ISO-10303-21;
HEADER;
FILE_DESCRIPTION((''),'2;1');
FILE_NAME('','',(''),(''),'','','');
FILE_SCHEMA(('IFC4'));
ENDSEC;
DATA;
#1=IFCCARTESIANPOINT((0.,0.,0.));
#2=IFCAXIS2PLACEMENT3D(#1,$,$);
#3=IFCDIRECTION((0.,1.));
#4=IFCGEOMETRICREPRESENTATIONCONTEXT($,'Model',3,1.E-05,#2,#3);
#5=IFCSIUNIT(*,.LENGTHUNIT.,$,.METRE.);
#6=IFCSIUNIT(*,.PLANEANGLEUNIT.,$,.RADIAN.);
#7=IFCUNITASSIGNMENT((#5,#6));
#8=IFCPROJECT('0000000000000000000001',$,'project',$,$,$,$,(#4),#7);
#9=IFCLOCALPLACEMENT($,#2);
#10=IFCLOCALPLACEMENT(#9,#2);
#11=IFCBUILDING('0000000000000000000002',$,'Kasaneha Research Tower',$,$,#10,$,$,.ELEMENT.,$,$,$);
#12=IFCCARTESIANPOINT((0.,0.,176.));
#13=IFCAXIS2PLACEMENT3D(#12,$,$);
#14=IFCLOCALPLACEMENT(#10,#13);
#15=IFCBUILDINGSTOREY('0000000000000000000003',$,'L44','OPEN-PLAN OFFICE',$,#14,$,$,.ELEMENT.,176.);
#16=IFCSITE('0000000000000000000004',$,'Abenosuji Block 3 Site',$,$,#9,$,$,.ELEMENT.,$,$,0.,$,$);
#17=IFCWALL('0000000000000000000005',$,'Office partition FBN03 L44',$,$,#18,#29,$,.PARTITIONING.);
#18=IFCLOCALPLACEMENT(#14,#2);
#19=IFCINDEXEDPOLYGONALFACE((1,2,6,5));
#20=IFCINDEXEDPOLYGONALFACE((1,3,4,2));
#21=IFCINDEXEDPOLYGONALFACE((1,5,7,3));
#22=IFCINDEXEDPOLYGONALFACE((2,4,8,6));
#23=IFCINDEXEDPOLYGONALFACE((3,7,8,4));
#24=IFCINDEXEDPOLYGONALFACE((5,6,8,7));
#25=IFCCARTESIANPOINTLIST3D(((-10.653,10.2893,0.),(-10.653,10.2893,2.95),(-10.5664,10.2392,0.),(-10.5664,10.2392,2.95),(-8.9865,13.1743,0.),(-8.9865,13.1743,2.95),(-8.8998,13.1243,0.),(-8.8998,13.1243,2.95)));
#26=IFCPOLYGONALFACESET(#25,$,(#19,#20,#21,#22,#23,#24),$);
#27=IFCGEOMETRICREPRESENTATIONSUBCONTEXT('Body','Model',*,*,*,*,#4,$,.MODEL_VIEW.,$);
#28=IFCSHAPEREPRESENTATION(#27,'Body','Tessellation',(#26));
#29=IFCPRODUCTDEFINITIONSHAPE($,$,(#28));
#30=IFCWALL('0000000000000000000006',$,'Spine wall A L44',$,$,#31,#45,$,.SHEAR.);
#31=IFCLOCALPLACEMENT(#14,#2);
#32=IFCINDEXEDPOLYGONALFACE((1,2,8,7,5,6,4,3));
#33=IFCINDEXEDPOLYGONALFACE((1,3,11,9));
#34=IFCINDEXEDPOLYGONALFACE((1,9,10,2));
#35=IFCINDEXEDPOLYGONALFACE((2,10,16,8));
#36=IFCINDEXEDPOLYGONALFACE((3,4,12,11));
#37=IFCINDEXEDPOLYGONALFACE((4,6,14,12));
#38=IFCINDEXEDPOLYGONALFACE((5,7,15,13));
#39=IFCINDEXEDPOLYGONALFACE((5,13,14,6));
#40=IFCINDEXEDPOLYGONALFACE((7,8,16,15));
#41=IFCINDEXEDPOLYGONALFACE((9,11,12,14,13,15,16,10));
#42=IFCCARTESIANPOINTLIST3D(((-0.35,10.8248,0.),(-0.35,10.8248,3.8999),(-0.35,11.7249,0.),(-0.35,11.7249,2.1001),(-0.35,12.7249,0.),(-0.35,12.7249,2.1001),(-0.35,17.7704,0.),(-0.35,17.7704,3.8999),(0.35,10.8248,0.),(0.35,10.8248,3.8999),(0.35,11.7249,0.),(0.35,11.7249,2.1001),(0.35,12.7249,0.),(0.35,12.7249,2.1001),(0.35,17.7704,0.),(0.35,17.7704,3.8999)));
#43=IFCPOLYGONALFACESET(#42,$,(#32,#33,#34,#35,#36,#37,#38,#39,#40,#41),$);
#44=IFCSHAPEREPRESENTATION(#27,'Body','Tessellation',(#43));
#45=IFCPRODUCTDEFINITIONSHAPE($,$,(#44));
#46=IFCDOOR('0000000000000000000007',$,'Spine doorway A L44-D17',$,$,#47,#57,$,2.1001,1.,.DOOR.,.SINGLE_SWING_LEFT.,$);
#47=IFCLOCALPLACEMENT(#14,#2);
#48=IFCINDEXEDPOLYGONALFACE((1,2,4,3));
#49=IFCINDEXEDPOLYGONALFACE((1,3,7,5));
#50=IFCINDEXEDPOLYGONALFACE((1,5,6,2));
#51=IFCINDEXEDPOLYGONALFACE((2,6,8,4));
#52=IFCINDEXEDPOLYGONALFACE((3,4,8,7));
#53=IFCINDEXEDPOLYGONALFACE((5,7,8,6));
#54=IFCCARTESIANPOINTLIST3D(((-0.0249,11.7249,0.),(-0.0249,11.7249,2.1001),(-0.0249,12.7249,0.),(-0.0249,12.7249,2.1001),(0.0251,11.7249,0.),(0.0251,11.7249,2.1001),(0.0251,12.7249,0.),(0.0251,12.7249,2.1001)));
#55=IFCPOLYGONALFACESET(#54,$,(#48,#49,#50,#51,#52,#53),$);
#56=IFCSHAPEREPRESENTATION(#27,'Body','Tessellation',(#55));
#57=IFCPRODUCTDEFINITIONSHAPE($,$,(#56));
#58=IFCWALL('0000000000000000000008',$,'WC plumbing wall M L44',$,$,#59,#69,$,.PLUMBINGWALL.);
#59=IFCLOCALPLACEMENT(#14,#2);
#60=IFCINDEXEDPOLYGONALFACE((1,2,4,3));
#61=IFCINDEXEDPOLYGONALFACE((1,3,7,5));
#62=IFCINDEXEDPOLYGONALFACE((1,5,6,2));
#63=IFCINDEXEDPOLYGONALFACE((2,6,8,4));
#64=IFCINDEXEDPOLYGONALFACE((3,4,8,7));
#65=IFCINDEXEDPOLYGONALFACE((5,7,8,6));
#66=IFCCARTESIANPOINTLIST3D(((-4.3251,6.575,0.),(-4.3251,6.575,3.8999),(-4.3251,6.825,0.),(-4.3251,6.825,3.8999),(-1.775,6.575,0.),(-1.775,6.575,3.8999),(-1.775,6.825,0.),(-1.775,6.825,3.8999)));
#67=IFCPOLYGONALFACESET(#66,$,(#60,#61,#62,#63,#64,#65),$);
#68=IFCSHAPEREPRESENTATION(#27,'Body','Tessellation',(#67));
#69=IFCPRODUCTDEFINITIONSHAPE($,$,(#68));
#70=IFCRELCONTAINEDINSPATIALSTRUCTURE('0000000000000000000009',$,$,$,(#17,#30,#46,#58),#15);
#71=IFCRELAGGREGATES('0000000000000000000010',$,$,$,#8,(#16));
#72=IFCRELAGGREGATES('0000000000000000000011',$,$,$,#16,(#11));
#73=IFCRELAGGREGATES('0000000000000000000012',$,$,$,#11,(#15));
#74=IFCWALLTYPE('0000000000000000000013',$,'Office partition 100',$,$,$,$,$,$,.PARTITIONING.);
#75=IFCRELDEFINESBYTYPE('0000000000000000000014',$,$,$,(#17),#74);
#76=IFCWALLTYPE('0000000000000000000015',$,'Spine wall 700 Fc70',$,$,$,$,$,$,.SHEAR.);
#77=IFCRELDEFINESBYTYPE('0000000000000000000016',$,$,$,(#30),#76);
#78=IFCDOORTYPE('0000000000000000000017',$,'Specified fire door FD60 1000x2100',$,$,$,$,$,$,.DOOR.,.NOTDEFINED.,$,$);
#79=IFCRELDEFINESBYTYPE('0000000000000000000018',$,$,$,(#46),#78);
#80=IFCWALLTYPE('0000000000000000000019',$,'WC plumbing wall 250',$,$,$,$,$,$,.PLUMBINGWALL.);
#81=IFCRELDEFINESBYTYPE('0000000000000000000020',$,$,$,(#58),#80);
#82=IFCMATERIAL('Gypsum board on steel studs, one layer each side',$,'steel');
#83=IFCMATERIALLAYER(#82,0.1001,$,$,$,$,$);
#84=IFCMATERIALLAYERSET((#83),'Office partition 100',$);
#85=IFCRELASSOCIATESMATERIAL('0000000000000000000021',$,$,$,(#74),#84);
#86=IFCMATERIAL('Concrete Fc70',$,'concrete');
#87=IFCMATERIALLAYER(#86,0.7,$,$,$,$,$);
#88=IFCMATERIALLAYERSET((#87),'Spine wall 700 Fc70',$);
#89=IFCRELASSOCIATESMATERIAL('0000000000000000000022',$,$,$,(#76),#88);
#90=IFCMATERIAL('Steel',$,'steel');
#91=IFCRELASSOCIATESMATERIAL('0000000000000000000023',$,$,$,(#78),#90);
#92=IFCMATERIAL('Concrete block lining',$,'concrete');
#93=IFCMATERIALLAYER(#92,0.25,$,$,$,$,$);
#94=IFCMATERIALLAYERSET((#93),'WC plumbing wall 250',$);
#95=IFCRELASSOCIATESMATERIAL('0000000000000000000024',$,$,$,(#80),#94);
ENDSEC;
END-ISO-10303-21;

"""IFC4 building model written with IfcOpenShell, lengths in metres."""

from ifc_helpers import new_model, si_unit, direction, frame, frame_2d, origin, place, context, subcontext, project, spatial, rectangle, extrude, material, layer, layer_set, type_object, element, fill, save


model = new_model("IFC4")

# Units and contexts
model_context = context("Model", 3, precision=1e-05, world=origin(), true_north=direction((0.0, 1.0)))
body_context = subcontext(model_context, "Body", "Model", "MODEL_VIEW")
ifc_project = project(units=[si_unit("LENGTHUNIT", "METRE"), si_unit("PLANEANGLEUNIT", "RADIAN")], contexts=[model_context])

# Site, building, storey
site_placement = place(None, origin())
site = spatial("IfcSite", under=ifc_project, at=site_placement, Name="Abenosuji Block 3 Site", CompositionType="ELEMENT", RefElevation=0.0)
building_placement = place(site_placement, origin())
building = spatial("IfcBuilding", under=site, at=building_placement, Name="Kasaneha Research Tower", CompositionType="ELEMENT")
storey_placement = place(building_placement, frame((0.0, 0.0, 176.0)))
storey = spatial("IfcBuildingStorey", under=building, at=storey_placement, Name="L44", Description="OPEN-PLAN OFFICE", CompositionType="ELEMENT", Elevation=176.0)

# Shared definitions
ifc_material_1 = material(Name="Gypsum board on steel studs, one layer each side", Category="steel")
ifc_layer_1 = layer(ifc_material_1, 0.1001)
ifc_layer_set_1 = layer_set([ifc_layer_1], Name="Office partition 100")
wall_type_1 = type_object("IfcWallType", Name="Office partition 100", PredefinedType="PARTITIONING", material=ifc_layer_set_1)

# Wall
wall_1_placement = place(storey_placement, frame((-8.9431, 13.1494, 0.0), z_axis=(0.0, 0.0, 1.0), x_axis=(-0.50019, -0.865916, 0.0)))
element("IfcWall", 1, at=wall_1_placement, inside=storey, type_object=wall_type_1, Name="Office partition FBN03 L44", PredefinedType="PARTITIONING", context=body_context, shape_type="SweptSolid", body=[
    extrude(rectangle(XDim=3.3318, YDim=0.1001, at=frame_2d((1.666, 0.0))), origin(), (0.0, 0.0, 1.0), 2.95),
])

# Wall, opening, door
ifc_material_2 = material(Name="Concrete Fc70", Category="concrete")
ifc_layer_2 = layer(ifc_material_2, 0.7)
ifc_layer_set_2 = layer_set([ifc_layer_2], Name="Spine wall 700 Fc70")
wall_type_2 = type_object("IfcWallType", Name="Spine wall 700 Fc70", PredefinedType="SHEAR", material=ifc_layer_set_2)
wall_2_placement = place(storey_placement, frame((0.0, 10.825, 0.0), z_axis=(0.0, 0.0, 1.0), x_axis=(0.0, 1.0, 0.0)))
wall_2 = element("IfcWall", 2, at=wall_2_placement, inside=storey, type_object=wall_type_2, Name="Spine wall A L44", PredefinedType="SHEAR", context=body_context, shape_type="SweptSolid", body=[
    extrude(rectangle(XDim=6.9456, YDim=0.7, at=frame_2d((3.4727, 0.0))), origin(), (0.0, 0.0, 1.0), 3.8999),
])
opening_1_placement = place(wall_2_placement, frame((0.8999, 0.0, 0.0)))
opening_1 = element("IfcOpeningElement", 3, at=opening_1_placement, cuts=wall_2, PredefinedType="OPENING", context=body_context, shape_type="SweptSolid", body=[
    extrude(rectangle(XDim=1.0, YDim=2.1001, at=frame_2d((0.5, 1.05))), frame((0.0, 0.3599, 0.0), z_axis=(0.0, -1.0, 0.0), x_axis=(1.0, 0.0, 0.0)), (0.0, 0.0, 1.0), 0.72),
])
ifc_material_3 = material(Name="Steel", Category="steel")
door_type_1 = type_object("IfcDoorType", Name="Specified fire door FD60 1000x2100", OperationType="NOTDEFINED", PredefinedType="DOOR", material=ifc_material_3)
door_1_placement = place(opening_1_placement, origin())
door_1 = element("IfcDoor", 4, at=door_1_placement, inside=storey, type_object=door_type_1, Name="Spine doorway A L44-D17", OperationType="SINGLE_SWING_LEFT", OverallHeight=2.1001, OverallWidth=1.0, PredefinedType="DOOR", context=body_context, shape_type="SweptSolid", body=[
    extrude(rectangle(XDim=1.0, YDim=2.1001, at=frame_2d((0.5, 1.05))), frame((0.0, 0.0249, 0.0), z_axis=(0.0, -1.0, 0.0), x_axis=(1.0, 0.0, 0.0)), (0.0, 0.0, 1.0), 0.05),
])
fill(opening_1, door_1)

# Wall
ifc_material_4 = material(Name="Concrete block lining", Category="concrete")
ifc_layer_3 = layer(ifc_material_4, 0.25)
ifc_layer_set_3 = layer_set([ifc_layer_3], Name="WC plumbing wall 250")
wall_type_3 = type_object("IfcWallType", Name="WC plumbing wall 250", PredefinedType="PLUMBINGWALL", material=ifc_layer_set_3)
wall_3_placement = place(storey_placement, frame((-4.325, 6.7, 0.0), z_axis=(0.0, 0.0, 1.0), x_axis=(1.0, 0.0, 0.0)))
element("IfcWall", 5, at=wall_3_placement, inside=storey, type_object=wall_type_3, Name="WC plumbing wall M L44", PredefinedType="PLUMBINGWALL", context=body_context, shape_type="SweptSolid", body=[
    extrude(rectangle(XDim=2.55, YDim=0.25, at=frame_2d((1.2749, 0.0))), origin(), (0.0, 0.0, 1.0), 3.8999),
])

save(model, "model.ifc")
